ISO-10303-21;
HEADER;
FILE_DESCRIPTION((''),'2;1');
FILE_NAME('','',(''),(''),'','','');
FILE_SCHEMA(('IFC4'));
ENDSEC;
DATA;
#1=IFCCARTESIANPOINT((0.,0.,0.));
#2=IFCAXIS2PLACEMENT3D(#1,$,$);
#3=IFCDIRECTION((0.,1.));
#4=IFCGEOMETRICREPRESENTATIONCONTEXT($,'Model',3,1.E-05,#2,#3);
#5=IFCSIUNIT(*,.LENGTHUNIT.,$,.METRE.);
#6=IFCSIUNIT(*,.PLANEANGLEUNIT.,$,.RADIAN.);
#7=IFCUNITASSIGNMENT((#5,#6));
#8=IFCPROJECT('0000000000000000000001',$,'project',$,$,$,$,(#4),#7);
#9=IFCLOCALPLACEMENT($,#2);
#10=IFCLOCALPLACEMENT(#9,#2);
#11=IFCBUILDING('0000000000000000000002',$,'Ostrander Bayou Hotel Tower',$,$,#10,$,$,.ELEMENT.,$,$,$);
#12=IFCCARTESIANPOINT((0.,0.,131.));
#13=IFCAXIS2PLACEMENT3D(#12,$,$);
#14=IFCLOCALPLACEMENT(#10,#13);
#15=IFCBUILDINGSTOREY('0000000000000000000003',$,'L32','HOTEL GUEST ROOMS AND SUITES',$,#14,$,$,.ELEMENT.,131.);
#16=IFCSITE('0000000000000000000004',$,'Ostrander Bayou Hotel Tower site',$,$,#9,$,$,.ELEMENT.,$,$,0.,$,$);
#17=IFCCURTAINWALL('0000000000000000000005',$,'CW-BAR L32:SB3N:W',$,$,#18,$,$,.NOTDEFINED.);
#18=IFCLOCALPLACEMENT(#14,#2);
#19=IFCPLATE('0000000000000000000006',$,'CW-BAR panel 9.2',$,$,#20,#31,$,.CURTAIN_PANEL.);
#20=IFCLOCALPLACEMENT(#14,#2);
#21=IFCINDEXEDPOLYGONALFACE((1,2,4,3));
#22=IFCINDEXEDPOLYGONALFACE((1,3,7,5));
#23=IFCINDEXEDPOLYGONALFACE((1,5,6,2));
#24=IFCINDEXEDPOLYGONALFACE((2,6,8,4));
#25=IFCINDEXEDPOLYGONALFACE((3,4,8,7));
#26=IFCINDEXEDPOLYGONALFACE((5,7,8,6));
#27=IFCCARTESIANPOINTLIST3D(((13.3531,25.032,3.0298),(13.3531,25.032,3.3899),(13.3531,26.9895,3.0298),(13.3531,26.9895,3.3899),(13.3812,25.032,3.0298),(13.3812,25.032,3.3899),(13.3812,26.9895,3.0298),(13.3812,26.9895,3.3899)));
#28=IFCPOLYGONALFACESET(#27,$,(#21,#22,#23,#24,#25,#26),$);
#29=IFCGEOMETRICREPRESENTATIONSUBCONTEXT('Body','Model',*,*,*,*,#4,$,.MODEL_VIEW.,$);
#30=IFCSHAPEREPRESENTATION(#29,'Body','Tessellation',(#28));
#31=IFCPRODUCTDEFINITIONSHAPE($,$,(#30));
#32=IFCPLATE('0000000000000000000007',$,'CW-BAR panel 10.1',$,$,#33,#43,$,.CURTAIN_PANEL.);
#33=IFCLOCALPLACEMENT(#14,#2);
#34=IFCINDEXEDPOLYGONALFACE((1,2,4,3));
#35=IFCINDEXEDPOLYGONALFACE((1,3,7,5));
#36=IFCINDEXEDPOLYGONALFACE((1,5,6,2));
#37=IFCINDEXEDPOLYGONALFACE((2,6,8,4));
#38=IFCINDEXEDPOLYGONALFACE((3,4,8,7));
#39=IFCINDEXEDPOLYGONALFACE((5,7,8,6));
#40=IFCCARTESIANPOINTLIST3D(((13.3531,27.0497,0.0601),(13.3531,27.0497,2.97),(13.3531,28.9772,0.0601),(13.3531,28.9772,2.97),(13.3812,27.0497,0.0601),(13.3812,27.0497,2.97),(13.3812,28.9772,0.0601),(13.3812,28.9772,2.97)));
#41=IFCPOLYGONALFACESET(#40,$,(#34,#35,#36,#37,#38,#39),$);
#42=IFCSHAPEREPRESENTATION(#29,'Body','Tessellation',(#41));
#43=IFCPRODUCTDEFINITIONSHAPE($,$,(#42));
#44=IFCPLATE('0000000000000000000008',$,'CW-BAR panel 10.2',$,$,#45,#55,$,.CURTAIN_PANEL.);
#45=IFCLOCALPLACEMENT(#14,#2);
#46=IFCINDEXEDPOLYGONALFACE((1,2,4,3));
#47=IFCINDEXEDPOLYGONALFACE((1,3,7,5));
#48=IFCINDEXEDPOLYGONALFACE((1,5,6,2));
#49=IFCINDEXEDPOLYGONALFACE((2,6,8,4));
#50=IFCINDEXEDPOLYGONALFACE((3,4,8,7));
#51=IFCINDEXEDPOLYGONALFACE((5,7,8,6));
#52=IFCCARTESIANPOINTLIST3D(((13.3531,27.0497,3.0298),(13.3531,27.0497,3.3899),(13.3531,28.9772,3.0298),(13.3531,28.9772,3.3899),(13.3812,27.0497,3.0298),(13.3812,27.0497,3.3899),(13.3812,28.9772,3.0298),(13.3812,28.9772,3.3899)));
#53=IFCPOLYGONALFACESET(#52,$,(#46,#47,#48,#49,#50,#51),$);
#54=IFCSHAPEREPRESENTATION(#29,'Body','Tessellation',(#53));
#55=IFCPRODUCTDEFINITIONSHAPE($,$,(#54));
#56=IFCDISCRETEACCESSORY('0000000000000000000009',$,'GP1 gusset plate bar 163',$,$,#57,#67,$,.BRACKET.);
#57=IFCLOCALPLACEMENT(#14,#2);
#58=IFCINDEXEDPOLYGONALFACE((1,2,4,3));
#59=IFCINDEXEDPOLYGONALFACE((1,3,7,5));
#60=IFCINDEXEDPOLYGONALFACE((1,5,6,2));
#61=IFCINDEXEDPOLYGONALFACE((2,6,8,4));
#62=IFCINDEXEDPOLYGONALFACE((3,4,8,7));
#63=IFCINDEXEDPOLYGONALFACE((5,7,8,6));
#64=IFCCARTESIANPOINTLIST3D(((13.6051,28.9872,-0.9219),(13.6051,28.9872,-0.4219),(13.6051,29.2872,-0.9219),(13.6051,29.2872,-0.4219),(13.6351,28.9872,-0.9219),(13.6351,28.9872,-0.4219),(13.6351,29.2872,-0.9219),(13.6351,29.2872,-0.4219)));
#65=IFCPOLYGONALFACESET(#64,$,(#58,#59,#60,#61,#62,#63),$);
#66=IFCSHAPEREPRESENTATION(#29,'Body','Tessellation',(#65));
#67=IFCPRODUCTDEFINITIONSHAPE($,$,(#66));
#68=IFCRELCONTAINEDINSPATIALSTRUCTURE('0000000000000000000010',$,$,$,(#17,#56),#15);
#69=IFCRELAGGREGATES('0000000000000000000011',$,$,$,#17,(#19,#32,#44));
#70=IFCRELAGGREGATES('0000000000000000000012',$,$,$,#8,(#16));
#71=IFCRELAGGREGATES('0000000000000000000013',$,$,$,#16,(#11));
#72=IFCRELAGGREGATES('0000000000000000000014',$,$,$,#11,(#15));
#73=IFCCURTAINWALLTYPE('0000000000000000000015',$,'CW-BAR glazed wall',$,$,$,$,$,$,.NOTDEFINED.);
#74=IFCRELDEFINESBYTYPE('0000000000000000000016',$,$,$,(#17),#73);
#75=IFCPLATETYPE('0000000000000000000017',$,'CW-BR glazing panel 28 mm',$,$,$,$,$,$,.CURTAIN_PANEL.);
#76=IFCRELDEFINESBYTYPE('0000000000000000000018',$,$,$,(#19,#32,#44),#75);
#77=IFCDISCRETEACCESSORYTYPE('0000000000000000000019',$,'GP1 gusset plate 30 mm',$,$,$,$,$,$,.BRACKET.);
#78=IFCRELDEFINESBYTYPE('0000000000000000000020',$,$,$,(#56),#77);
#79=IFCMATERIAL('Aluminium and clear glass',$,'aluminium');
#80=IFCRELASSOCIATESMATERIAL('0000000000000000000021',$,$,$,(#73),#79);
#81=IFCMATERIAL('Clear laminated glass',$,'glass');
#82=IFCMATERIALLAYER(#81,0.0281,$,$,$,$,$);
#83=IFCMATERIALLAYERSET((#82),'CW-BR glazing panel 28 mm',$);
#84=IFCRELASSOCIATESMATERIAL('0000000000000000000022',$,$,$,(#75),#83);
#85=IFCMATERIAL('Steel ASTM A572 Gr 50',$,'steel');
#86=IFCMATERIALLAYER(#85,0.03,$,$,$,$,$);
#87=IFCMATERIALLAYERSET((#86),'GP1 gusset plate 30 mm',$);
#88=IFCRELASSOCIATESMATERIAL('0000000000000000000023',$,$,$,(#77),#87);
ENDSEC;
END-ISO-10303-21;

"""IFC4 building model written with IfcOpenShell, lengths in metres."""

from ifc_helpers import new_model, si_unit, direction, frame, origin, origin_2d, place, context, subcontext, project, spatial, rectangle, extrude, material, layer, layer_set, type_object, element, aggregate, save


model = new_model("IFC4")

# Units and contexts
model_context = context("Model", 3, precision=1e-05, world=origin(), true_north=direction((0.0, 1.0)))
body_context = subcontext(model_context, "Body", "Model", "MODEL_VIEW")
ifc_project = project(units=[si_unit("LENGTHUNIT", "METRE"), si_unit("PLANEANGLEUNIT", "RADIAN")], contexts=[model_context])

# Site, building, storey
site_placement = place(None, origin())
site = spatial("IfcSite", under=ifc_project, at=site_placement, Name="Ostrander Bayou Hotel Tower site", CompositionType="ELEMENT", RefElevation=0.0)
building_placement = place(site_placement, origin())
building = spatial("IfcBuilding", under=site, at=building_placement, Name="Ostrander Bayou Hotel Tower", CompositionType="ELEMENT")
storey_placement = place(building_placement, frame((0.0, 0.0, 131.0)))
storey = spatial("IfcBuildingStorey", under=building, at=storey_placement, Name="L32", Description="HOTEL GUEST ROOMS AND SUITES", CompositionType="ELEMENT", Elevation=131.0)

# Shared definitions
ifc_material_1 = material(Name="Aluminium and clear glass", Category="aluminium")
curtain_wall_type = type_object("IfcCurtainWallType", Name="CW-BAR glazed wall", PredefinedType="NOTDEFINED", material=ifc_material_1)

# Curtain wall
curtain_wall_1_placement = place(storey_placement, origin())
curtain_wall_1 = element("IfcCurtainWall", 1, at=curtain_wall_1_placement, inside=storey, type_object=curtain_wall_type, Name="CW-BAR L32:SB3N:W", PredefinedType="NOTDEFINED")

# Plates
ifc_material_2 = material(Name="Clear laminated glass", Category="glass")
ifc_layer_1 = layer(ifc_material_2, 0.0281)
ifc_layer_set_1 = layer_set([ifc_layer_1], Name="CW-BR glazing panel 28 mm")
plate_type = type_object("IfcPlateType", Name="CW-BR glazing panel 28 mm", PredefinedType="CURTAIN_PANEL", material=ifc_layer_set_1)
plate_1_placement = place(storey_placement, frame((13.3672, 26.0107, 3.0298), z_axis=(0.0, 0.0, 1.0), x_axis=(0.0, 1.0, 0.0)))
plate_1 = element("IfcPlate", 2, at=plate_1_placement, type_object=plate_type, Name="CW-BAR panel 9.2", PredefinedType="CURTAIN_PANEL", context=body_context, shape_type="SweptSolid", body=[
    extrude(rectangle(XDim=1.9575, YDim=0.0281, at=origin_2d()), origin(), (0.0, 0.0, 1.0), 0.3601),
])
plate_2_placement = place(storey_placement, frame((13.3672, 28.0134, 0.0601), z_axis=(0.0, 0.0, 1.0), x_axis=(0.0, 1.0, 0.0)))
plate_2 = element("IfcPlate", 3, at=plate_2_placement, type_object=plate_type, Name="CW-BAR panel 10.1", PredefinedType="CURTAIN_PANEL", context=body_context, shape_type="SweptSolid", body=[
    extrude(rectangle(XDim=1.9275, YDim=0.0281, at=origin_2d()), origin(), (0.0, 0.0, 1.0), 2.9099),
])
plate_3_placement = place(storey_placement, frame((13.3672, 28.0134, 3.0298), z_axis=(0.0, 0.0, 1.0), x_axis=(0.0, 1.0, 0.0)))
plate_3 = element("IfcPlate", 4, at=plate_3_placement, type_object=plate_type, Name="CW-BAR panel 10.2", PredefinedType="CURTAIN_PANEL", context=body_context, shape_type="SweptSolid", body=[
    extrude(rectangle(XDim=1.9275, YDim=0.0281, at=origin_2d()), origin(), (0.0, 0.0, 1.0), 0.3601),
])
aggregate(curtain_wall_1, [plate_1, plate_2, plate_3])

# Discrete accessory
ifc_material_3 = material(Name="Steel ASTM A572 Gr 50", Category="steel")
ifc_layer_2 = layer(ifc_material_3, 0.03)
ifc_layer_set_2 = layer_set([ifc_layer_2], Name="GP1 gusset plate 30 mm")
discrete_accessory_type = type_object("IfcDiscreteAccessoryType", Name="GP1 gusset plate 30 mm", PredefinedType="BRACKET", material=ifc_layer_set_2)
discrete_accessory_placement = place(storey_placement, frame((13.6201, 29.1372, -0.9219), z_axis=(0.0, 0.0, 1.0), x_axis=(0.0, -1.0, 0.0)))
element("IfcDiscreteAccessory", 5, at=discrete_accessory_placement, inside=storey, type_object=discrete_accessory_type, Name="GP1 gusset plate bar 163", PredefinedType="BRACKET", context=body_context, shape_type="SweptSolid", body=[
    extrude(rectangle(XDim=0.3, YDim=0.03, at=origin_2d()), origin(), (0.0, 0.0, 1.0), 0.5),
])

save(model, "model.ifc")
